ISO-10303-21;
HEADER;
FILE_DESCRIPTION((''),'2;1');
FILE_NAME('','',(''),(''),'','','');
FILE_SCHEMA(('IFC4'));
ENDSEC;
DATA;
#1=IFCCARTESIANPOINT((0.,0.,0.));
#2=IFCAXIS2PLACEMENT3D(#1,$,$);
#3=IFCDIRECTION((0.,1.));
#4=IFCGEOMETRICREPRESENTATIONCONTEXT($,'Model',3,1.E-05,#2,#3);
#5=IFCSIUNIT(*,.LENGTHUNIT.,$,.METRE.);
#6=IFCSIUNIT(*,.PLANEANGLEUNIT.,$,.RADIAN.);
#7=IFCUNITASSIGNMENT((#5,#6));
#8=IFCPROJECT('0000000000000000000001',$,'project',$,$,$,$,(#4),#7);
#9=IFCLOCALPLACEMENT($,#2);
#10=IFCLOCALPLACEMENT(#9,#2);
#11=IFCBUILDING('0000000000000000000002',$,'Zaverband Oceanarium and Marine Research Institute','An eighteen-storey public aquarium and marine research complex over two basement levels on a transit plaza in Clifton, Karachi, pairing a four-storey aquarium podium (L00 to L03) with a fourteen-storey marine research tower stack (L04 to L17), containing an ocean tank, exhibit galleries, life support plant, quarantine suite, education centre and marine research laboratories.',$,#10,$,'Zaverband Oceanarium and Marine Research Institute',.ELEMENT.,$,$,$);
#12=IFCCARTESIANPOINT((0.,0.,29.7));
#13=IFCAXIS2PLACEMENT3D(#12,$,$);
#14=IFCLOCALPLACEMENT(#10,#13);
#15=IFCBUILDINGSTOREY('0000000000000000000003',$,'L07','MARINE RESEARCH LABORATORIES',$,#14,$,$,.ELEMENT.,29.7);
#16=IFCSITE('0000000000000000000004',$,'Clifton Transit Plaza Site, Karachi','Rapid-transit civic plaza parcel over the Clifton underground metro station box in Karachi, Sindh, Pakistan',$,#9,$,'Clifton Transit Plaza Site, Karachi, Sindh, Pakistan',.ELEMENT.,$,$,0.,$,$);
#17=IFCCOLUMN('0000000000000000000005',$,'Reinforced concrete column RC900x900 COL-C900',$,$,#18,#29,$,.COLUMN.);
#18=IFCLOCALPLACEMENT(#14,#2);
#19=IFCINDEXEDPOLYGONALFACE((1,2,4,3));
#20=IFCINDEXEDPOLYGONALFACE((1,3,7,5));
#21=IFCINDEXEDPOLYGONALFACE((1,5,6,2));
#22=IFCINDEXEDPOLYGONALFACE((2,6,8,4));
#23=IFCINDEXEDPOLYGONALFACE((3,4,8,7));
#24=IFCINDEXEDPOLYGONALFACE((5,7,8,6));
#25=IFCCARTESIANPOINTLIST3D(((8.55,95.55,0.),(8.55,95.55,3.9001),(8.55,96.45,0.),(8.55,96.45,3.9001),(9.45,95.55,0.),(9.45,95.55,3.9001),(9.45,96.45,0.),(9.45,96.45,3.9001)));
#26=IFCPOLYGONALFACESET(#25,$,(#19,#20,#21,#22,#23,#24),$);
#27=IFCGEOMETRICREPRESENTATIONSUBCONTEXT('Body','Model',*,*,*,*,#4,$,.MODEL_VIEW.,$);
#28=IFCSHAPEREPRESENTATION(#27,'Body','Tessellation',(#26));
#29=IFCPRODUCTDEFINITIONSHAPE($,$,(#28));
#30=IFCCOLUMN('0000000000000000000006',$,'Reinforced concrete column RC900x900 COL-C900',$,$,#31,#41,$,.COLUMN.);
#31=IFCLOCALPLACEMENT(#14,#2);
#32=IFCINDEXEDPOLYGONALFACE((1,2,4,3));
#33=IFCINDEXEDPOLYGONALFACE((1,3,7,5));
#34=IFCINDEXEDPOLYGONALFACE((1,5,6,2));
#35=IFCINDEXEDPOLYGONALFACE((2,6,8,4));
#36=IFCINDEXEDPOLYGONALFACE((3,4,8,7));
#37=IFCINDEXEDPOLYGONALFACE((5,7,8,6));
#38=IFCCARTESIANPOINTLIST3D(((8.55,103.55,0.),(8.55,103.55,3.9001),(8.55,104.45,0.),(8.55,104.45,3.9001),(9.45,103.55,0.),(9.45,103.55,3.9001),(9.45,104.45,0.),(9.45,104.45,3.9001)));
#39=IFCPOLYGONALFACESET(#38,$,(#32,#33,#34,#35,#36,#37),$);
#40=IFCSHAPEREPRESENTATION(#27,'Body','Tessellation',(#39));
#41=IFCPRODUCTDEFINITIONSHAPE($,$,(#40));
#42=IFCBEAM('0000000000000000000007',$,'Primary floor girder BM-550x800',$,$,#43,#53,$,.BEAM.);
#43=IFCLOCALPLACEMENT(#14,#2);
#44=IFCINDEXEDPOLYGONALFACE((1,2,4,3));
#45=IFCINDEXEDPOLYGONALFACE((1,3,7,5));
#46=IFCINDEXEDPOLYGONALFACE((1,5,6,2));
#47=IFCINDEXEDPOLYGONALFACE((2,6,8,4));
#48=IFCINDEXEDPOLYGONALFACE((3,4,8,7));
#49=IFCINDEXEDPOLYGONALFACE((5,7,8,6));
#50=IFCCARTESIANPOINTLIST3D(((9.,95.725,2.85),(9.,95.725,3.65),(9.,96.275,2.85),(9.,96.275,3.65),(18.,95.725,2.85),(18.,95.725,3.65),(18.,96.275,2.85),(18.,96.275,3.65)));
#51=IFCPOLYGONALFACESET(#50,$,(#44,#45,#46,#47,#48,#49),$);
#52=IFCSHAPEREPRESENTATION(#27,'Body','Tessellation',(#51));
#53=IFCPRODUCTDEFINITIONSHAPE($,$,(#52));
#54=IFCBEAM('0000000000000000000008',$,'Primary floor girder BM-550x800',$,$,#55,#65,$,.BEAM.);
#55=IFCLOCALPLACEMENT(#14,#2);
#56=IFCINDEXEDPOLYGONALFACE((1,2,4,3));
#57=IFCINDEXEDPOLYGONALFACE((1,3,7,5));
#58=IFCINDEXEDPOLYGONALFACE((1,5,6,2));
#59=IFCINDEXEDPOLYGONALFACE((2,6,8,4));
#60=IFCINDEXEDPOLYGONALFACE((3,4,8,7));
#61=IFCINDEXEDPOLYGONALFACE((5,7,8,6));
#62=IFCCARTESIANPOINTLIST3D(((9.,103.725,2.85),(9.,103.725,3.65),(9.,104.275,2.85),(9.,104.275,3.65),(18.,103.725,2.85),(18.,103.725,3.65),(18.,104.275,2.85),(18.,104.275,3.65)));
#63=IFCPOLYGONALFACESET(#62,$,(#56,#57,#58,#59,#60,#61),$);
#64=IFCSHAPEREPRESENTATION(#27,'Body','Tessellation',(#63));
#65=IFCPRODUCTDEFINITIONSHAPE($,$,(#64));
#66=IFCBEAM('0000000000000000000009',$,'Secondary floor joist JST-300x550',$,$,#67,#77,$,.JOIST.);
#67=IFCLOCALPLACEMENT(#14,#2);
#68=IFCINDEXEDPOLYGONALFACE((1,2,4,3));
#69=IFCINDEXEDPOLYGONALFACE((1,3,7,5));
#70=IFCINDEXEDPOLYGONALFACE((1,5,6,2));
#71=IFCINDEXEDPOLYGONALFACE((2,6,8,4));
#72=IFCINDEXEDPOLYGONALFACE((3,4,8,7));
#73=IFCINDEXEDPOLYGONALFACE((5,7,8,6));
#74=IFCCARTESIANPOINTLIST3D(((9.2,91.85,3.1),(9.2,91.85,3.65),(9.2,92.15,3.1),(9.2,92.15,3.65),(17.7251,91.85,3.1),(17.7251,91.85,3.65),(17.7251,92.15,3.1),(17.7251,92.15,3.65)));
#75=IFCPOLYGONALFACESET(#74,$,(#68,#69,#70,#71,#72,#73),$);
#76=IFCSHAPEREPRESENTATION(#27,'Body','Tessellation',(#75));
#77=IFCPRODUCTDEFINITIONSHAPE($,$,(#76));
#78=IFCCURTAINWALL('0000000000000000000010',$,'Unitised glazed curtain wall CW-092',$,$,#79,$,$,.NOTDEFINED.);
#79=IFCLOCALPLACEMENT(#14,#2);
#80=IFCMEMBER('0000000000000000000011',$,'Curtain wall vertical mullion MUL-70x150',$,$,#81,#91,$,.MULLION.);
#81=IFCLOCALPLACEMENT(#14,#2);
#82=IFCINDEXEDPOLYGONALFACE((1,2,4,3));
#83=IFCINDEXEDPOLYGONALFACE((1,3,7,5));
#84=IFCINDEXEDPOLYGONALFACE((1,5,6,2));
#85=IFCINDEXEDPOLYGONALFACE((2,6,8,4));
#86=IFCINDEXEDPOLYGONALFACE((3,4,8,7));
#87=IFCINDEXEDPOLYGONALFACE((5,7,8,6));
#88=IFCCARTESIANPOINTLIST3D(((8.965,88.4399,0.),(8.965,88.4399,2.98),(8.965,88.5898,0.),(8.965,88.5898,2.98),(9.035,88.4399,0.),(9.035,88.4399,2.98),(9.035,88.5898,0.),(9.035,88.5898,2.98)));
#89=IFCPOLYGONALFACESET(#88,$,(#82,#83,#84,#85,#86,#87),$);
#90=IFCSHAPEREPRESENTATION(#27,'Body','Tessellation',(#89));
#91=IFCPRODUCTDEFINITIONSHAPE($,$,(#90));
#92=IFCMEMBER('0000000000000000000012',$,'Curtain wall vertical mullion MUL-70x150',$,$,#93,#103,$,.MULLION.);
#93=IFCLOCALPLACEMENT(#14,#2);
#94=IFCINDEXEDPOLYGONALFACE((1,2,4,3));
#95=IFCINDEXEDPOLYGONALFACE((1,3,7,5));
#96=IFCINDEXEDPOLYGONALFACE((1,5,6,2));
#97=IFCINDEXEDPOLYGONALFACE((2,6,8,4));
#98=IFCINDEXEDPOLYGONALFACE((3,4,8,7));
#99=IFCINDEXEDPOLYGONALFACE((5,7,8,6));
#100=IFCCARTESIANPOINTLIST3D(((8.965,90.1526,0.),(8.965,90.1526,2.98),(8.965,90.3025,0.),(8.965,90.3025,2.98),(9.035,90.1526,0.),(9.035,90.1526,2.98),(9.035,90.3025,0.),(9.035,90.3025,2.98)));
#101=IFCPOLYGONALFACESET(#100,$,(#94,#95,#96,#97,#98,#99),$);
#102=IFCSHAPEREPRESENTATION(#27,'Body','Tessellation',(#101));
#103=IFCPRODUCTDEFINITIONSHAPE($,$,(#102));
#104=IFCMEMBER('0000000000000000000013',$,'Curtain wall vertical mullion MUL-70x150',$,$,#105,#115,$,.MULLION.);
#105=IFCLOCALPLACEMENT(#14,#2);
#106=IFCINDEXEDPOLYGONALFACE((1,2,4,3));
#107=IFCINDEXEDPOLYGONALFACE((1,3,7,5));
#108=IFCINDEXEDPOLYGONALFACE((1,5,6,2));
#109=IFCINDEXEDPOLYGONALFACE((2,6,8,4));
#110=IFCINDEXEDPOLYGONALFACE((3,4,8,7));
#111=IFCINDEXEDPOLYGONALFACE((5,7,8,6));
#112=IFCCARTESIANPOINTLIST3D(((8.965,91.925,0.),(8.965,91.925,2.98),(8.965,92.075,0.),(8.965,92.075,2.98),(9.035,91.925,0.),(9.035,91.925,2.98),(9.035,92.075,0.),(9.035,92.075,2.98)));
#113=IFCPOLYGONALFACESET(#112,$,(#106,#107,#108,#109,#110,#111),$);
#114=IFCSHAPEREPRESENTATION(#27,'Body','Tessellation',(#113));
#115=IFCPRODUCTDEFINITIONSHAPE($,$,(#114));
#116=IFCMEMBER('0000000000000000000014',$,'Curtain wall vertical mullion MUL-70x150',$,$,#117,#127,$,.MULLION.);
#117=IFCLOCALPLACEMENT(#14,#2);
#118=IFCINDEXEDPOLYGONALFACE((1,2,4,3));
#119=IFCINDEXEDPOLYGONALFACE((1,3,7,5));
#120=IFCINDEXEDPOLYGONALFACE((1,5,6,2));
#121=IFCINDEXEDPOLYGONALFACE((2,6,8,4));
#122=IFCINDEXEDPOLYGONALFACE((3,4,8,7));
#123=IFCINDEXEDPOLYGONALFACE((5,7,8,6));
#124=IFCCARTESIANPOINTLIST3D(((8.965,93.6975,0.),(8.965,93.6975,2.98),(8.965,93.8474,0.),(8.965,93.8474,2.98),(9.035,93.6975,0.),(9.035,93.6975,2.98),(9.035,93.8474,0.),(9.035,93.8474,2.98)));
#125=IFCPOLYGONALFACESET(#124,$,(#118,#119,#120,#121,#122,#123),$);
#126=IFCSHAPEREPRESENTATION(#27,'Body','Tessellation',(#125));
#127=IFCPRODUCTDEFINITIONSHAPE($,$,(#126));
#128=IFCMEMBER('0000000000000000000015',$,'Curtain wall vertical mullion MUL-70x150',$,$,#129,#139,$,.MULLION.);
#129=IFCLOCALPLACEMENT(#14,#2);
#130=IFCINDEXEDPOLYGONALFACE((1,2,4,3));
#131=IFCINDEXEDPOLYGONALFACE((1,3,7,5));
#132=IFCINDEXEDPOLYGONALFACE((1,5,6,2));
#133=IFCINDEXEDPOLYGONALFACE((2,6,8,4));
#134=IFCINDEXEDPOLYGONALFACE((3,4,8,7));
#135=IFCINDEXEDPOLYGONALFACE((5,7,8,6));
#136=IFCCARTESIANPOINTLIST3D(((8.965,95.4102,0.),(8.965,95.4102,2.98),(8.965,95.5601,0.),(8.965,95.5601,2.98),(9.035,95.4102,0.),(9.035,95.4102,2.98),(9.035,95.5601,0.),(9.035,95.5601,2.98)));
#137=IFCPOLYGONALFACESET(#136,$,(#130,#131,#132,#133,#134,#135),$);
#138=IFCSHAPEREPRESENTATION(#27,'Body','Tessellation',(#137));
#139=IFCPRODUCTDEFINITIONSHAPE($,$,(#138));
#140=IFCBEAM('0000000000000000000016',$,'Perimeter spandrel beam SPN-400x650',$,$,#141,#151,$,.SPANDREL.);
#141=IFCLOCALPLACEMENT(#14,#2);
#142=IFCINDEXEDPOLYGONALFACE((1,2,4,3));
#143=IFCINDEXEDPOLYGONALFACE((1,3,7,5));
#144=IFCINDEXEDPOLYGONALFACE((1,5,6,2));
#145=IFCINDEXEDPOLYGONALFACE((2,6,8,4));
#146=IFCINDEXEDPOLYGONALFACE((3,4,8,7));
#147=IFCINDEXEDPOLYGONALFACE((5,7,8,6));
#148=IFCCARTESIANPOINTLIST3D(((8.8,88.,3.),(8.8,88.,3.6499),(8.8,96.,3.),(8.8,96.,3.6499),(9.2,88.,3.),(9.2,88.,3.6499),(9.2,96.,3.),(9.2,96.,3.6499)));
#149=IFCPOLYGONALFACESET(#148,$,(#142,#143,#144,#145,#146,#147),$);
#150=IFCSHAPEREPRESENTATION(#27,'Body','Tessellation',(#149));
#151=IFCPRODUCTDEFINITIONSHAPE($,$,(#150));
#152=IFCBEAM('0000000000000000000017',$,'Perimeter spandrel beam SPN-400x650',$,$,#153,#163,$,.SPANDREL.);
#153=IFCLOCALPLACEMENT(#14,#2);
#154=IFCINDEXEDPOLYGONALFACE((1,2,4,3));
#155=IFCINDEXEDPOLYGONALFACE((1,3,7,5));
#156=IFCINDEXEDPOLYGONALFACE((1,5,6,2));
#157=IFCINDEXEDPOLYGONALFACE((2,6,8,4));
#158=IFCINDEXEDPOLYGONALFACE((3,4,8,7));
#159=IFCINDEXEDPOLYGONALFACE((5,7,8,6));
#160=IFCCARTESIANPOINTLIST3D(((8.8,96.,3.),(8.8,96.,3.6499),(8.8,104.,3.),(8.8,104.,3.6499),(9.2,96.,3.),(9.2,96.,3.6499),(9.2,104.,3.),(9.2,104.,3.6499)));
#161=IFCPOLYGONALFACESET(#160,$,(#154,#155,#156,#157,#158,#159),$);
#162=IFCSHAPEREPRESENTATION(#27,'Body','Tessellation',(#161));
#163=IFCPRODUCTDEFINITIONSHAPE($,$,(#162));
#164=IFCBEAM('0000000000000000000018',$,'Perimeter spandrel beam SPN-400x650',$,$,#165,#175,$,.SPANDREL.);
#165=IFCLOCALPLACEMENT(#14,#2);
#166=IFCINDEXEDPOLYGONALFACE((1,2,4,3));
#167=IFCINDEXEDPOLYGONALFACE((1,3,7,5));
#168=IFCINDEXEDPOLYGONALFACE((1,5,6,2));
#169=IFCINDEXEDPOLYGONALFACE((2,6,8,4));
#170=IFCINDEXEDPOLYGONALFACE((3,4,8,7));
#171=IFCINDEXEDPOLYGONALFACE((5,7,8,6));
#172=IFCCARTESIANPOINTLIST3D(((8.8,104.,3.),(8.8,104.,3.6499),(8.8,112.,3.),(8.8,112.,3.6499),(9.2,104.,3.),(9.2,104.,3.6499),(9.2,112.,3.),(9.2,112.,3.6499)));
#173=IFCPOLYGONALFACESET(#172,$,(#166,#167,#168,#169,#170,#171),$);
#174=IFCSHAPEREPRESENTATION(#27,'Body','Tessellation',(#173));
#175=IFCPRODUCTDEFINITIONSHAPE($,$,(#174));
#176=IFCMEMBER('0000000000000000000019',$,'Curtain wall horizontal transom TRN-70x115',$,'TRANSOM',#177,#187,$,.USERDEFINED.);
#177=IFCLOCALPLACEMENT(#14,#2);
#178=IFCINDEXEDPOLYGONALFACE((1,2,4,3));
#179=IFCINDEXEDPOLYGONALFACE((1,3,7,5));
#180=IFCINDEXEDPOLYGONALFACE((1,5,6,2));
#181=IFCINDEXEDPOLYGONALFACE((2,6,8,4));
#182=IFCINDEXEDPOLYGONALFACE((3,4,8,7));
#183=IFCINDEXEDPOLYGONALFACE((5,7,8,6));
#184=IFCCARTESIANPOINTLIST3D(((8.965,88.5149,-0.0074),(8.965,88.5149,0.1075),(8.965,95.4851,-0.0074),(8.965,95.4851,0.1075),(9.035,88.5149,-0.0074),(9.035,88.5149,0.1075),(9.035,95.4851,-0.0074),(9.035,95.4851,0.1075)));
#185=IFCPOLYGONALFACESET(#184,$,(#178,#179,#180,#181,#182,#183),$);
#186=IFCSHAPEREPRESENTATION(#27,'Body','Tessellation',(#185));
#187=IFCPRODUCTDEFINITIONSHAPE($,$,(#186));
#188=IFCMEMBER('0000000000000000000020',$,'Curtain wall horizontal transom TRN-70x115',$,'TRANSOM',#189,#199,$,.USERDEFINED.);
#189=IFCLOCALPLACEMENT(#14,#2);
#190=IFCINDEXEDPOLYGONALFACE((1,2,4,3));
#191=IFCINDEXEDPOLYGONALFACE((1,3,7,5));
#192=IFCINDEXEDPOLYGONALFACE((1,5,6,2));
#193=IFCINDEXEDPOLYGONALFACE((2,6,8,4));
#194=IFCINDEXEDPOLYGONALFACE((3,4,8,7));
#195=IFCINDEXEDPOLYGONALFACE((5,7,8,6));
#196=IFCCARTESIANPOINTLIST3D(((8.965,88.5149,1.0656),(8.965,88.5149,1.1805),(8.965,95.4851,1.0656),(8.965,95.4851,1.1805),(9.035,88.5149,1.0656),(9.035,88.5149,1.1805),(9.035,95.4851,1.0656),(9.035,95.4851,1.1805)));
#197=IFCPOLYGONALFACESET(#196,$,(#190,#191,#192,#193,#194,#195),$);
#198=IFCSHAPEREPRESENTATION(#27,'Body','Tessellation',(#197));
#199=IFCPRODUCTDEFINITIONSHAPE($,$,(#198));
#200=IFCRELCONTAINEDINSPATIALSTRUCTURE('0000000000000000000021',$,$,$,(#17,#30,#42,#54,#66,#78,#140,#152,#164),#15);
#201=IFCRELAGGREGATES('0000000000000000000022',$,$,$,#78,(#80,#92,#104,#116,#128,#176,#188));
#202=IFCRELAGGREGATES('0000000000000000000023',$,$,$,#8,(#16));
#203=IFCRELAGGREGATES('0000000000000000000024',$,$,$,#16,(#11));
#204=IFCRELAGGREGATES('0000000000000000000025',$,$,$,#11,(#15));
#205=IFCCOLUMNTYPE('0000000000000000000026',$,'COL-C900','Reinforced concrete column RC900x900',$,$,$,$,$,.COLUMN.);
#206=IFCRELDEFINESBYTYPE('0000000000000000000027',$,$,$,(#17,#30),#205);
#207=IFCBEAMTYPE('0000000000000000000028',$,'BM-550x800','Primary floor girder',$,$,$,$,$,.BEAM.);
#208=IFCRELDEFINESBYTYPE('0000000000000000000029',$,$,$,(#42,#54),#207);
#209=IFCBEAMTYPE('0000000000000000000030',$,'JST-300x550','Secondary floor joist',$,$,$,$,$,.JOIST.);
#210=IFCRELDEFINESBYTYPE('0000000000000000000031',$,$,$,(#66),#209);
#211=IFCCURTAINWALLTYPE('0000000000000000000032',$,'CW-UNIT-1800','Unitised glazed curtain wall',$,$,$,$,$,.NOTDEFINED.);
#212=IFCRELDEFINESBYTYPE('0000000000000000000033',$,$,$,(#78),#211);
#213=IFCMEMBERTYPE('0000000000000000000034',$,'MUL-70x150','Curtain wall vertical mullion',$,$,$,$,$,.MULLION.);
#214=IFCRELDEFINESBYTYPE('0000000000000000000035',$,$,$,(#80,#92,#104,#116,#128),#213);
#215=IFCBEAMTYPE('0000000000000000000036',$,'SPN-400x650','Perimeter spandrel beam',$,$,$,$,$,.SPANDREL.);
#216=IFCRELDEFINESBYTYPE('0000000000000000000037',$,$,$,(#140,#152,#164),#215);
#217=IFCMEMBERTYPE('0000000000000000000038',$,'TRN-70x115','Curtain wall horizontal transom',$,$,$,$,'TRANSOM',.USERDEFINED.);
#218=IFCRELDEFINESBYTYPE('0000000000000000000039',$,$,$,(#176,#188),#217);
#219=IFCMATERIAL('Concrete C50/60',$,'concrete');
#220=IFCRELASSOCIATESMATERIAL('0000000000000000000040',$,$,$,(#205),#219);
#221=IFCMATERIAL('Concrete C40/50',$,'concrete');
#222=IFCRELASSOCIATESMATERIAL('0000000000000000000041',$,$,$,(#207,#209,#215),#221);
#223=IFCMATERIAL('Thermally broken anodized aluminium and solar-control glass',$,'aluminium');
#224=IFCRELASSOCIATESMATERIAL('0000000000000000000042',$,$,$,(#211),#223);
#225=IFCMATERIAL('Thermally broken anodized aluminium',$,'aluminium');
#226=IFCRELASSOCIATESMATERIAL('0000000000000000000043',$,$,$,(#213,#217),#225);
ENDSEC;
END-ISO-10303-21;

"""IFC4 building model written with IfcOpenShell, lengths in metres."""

from ifc_helpers import new_model, si_unit, direction, frame, origin, origin_2d, place, context, subcontext, project, spatial, rectangle, extrude, material, material_profile, profile_set, type_object, element, aggregate, save


model = new_model("IFC4")

# Units and contexts
model_context = context("Model", 3, precision=1e-05, world=origin(), true_north=direction((0.0, 1.0)))
body_context = subcontext(model_context, "Body", "Model", "MODEL_VIEW")
ifc_project = project(units=[si_unit("LENGTHUNIT", "METRE"), si_unit("PLANEANGLEUNIT", "RADIAN")], contexts=[model_context])

# Site, building, storey
site_placement = place(None, origin())
site = spatial("IfcSite", under=ifc_project, at=site_placement, Name="Clifton Transit Plaza Site, Karachi", Description="Rapid-transit civic plaza parcel over the Clifton underground metro station box in Karachi, Sindh, Pakistan", LongName="Clifton Transit Plaza Site, Karachi, Sindh, Pakistan", CompositionType="ELEMENT", RefElevation=0.0)
building_placement = place(site_placement, origin())
building = spatial("IfcBuilding", under=site, at=building_placement, Name="Zaverband Oceanarium and Marine Research Institute", Description="An eighteen-storey public aquarium and marine research complex over two basement levels on a transit plaza in Clifton, Karachi, pairing a four-storey aquarium podium (L00 to L03) with a fourteen-storey marine research tower stack (L04 to L17), containing an ocean tank, exhibit galleries, life support plant, quarantine suite, education centre and marine research laboratories.", LongName="Zaverband Oceanarium and Marine Research Institute", CompositionType="ELEMENT")
storey_placement = place(building_placement, frame((0.0, 0.0, 29.7)))
storey = spatial("IfcBuildingStorey", under=building, at=storey_placement, Name="L07", Description="MARINE RESEARCH LABORATORIES", CompositionType="ELEMENT", Elevation=29.7)

# Columns
ifc_material_1 = material(Name="Concrete C50/60", Category="concrete")
ifc_material_profile_1 = material_profile(ifc_material_1, rectangle(XDim=0.8999, YDim=0.8999, at=origin_2d()), Name="RC900x900")
ifc_profile_set_1 = profile_set([ifc_material_profile_1], Name="Concrete C50/60")
column_type = type_object("IfcColumnType", Name="COL-C900", Description="Reinforced concrete column RC900x900", PredefinedType="COLUMN", material=ifc_profile_set_1)
for number, where, z_axis, x_axis, name in (
    (1, (9.0, 96.0, 0.0), (0.0, 0.0, 1.0), (1.0, 0.0, 0.0), "Reinforced concrete column RC900x900 COL-C900"),
    (2, (9.0, 104.0, 0.0), (0.0, 0.0, 1.0), (1.0, 0.0, 0.0), "Reinforced concrete column RC900x900 COL-C900"),
):
    element("IfcColumn", number, at=place(storey_placement, frame(where, z_axis=z_axis, x_axis=x_axis)), inside=storey, type_object=column_type, Name=name, PredefinedType="COLUMN", context=body_context, shape_type="SweptSolid", body=[
        extrude(rectangle(XDim=0.8999, YDim=0.8999, at=origin_2d()), origin(), (0.0, 0.0, 1.0), 3.9001),
    ])

# Beams
ifc_material_2 = material(Name="Concrete C40/50", Category="concrete")
ifc_material_profile_2 = material_profile(ifc_material_2, rectangle(XDim=0.55, YDim=0.8, at=origin_2d()), Name="RC550x800")
ifc_profile_set_2 = profile_set([ifc_material_profile_2], Name="Concrete C40/50")
beam_type_1 = type_object("IfcBeamType", Name="BM-550x800", Description="Primary floor girder", PredefinedType="BEAM", material=ifc_profile_set_2)
for number, where, z_axis, x_axis, name in (
    (3, (9.0, 96.0, 3.25), (1.0, 0.0, 0.0), (0.0, 1.0, 0.0), "Primary floor girder BM-550x800"),
    (4, (9.0, 104.0, 3.25), (1.0, 0.0, 0.0), (0.0, 1.0, 0.0), "Primary floor girder BM-550x800"),
):
    element("IfcBeam", number, at=place(storey_placement, frame(where, z_axis=z_axis, x_axis=x_axis)), inside=storey, type_object=beam_type_1, Name=name, PredefinedType="BEAM", context=body_context, shape_type="SweptSolid", body=[
        extrude(rectangle(XDim=0.55, YDim=0.8, at=origin_2d()), origin(), (0.0, 0.0, 1.0), 9.0),
    ])
ifc_material_profile_3 = material_profile(ifc_material_2, rectangle(XDim=0.3, YDim=0.55, at=origin_2d()), Name="RC300x550")
ifc_profile_set_3 = profile_set([ifc_material_profile_3], Name="Concrete C40/50")
beam_type_2 = type_object("IfcBeamType", Name="JST-300x550", Description="Secondary floor joist", PredefinedType="JOIST", material=ifc_profile_set_3)
beam_placement = place(storey_placement, frame((9.2, 92.0, 3.375), z_axis=(1.0, 0.0, 0.0), x_axis=(0.0, 1.0, 0.0)))
element("IfcBeam", 5, at=beam_placement, inside=storey, type_object=beam_type_2, Name="Secondary floor joist JST-300x550", PredefinedType="JOIST", context=body_context, shape_type="SweptSolid", body=[
    extrude(rectangle(XDim=0.3, YDim=0.55, at=origin_2d()), origin(), (0.0, 0.0, 1.0), 8.5251),
])

# Curtain wall, members
ifc_material_3 = material(Name="Thermally broken anodized aluminium and solar-control glass", Category="aluminium")
curtain_wall_type = type_object("IfcCurtainWallType", Name="CW-UNIT-1800", Description="Unitised glazed curtain wall", PredefinedType="NOTDEFINED", material=ifc_material_3)
curtain_wall_placement = place(storey_placement, origin())
curtain_wall = element("IfcCurtainWall", 6, at=curtain_wall_placement, inside=storey, type_object=curtain_wall_type, Name="Unitised glazed curtain wall CW-092", PredefinedType="NOTDEFINED")
ifc_material_4 = material(Name="Thermally broken anodized aluminium", Category="aluminium")
ifc_material_profile_4 = material_profile(ifc_material_4, rectangle(XDim=0.0701, YDim=0.1499, at=origin_2d()), Name="AL-MUL-70x150")
ifc_profile_set_4 = profile_set([ifc_material_profile_4], Name="Thermally broken anodized aluminium")
member_type_1 = type_object("IfcMemberType", Name="MUL-70x150", Description="Curtain wall vertical mullion", PredefinedType="MULLION", material=ifc_profile_set_4)
member_1_placement = place(storey_placement, frame((9.0, 88.5149, 0.0), z_axis=(0.0, 0.0, 1.0), x_axis=(1.0, 0.0, 0.0)))
member_1 = element("IfcMember", 7, at=member_1_placement, type_object=member_type_1, Name="Curtain wall vertical mullion MUL-70x150", PredefinedType="MULLION", context=body_context, shape_type="SweptSolid", body=[
    extrude(rectangle(XDim=0.0701, YDim=0.1499, at=origin_2d()), origin(), (0.0, 0.0, 1.0), 2.98),
])
member_2_placement = place(storey_placement, frame((9.0, 90.2275, 0.0), z_axis=(0.0, 0.0, 1.0), x_axis=(1.0, 0.0, 0.0)))
member_2 = element("IfcMember", 8, at=member_2_placement, type_object=member_type_1, Name="Curtain wall vertical mullion MUL-70x150", PredefinedType="MULLION", context=body_context, shape_type="SweptSolid", body=[
    extrude(rectangle(XDim=0.0701, YDim=0.1499, at=origin_2d()), origin(), (0.0, 0.0, 1.0), 2.98),
])
member_3_placement = place(storey_placement, frame((9.0, 92.0, 0.0), z_axis=(0.0, 0.0, 1.0), x_axis=(1.0, 0.0, 0.0)))
member_3 = element("IfcMember", 9, at=member_3_placement, type_object=member_type_1, Name="Curtain wall vertical mullion MUL-70x150", PredefinedType="MULLION", context=body_context, shape_type="SweptSolid", body=[
    extrude(rectangle(XDim=0.0701, YDim=0.1499, at=origin_2d()), origin(), (0.0, 0.0, 1.0), 2.98),
])
member_4_placement = place(storey_placement, frame((9.0, 93.7725, 0.0), z_axis=(0.0, 0.0, 1.0), x_axis=(1.0, 0.0, 0.0)))
member_4 = element("IfcMember", 10, at=member_4_placement, type_object=member_type_1, Name="Curtain wall vertical mullion MUL-70x150", PredefinedType="MULLION", context=body_context, shape_type="SweptSolid", body=[
    extrude(rectangle(XDim=0.0701, YDim=0.1499, at=origin_2d()), origin(), (0.0, 0.0, 1.0), 2.98),
])
member_5_placement = place(storey_placement, frame((9.0, 95.4851, 0.0), z_axis=(0.0, 0.0, 1.0), x_axis=(1.0, 0.0, 0.0)))
member_5 = element("IfcMember", 11, at=member_5_placement, type_object=member_type_1, Name="Curtain wall vertical mullion MUL-70x150", PredefinedType="MULLION", context=body_context, shape_type="SweptSolid", body=[
    extrude(rectangle(XDim=0.0701, YDim=0.1499, at=origin_2d()), origin(), (0.0, 0.0, 1.0), 2.98),
])

# Beams
ifc_material_profile_5 = material_profile(ifc_material_2, rectangle(XDim=0.3999, YDim=0.6499, at=origin_2d()), Name="RC400x650")
ifc_profile_set_5 = profile_set([ifc_material_profile_5], Name="Concrete C40/50")
beam_type_3 = type_object("IfcBeamType", Name="SPN-400x650", Description="Perimeter spandrel beam", PredefinedType="SPANDREL", material=ifc_profile_set_5)
for number, where, z_axis, x_axis, name in (
    (12, (9.0, 88.0, 3.325), (0.0, 1.0, 0.0), (-1.0, 0.0, 0.0), "Perimeter spandrel beam SPN-400x650"),
    (13, (9.0, 96.0, 3.325), (0.0, 1.0, 0.0), (-1.0, 0.0, 0.0), "Perimeter spandrel beam SPN-400x650"),
    (14, (9.0, 104.0, 3.325), (0.0, 1.0, 0.0), (-1.0, 0.0, 0.0), "Perimeter spandrel beam SPN-400x650"),
):
    element("IfcBeam", number, at=place(storey_placement, frame(where, z_axis=z_axis, x_axis=x_axis)), inside=storey, type_object=beam_type_3, Name=name, PredefinedType="SPANDREL", context=body_context, shape_type="SweptSolid", body=[
        extrude(rectangle(XDim=0.3999, YDim=0.6499, at=origin_2d()), origin(), (0.0, 0.0, 1.0), 8.0),
    ])

# Members
ifc_material_profile_6 = material_profile(ifc_material_4, rectangle(XDim=0.0701, YDim=0.115, at=origin_2d()), Name="AL-TRN-70x115")
ifc_profile_set_6 = profile_set([ifc_material_profile_6], Name="Thermally broken anodized aluminium")
member_type_2 = type_object("IfcMemberType", Name="TRN-70x115", Description="Curtain wall horizontal transom", ElementType="TRANSOM", PredefinedType="USERDEFINED", material=ifc_profile_set_6)
member_6_placement = place(storey_placement, frame((9.0, 88.5149, 0.05), z_axis=(0.0, 1.0, 0.0), x_axis=(-1.0, 0.0, 0.0)))
member_6 = element("IfcMember", 15, at=member_6_placement, type_object=member_type_2, Name="Curtain wall horizontal transom TRN-70x115", ObjectType="TRANSOM", PredefinedType="USERDEFINED", context=body_context, shape_type="SweptSolid", body=[
    extrude(rectangle(XDim=0.0701, YDim=0.115, at=origin_2d()), origin(), (0.0, 0.0, 1.0), 6.9702),
])
member_7_placement = place(storey_placement, frame((9.0, 88.5149, 1.123), z_axis=(0.0, 1.0, 0.0), x_axis=(-1.0, 0.0, 0.0)))
member_7 = element("IfcMember", 16, at=member_7_placement, type_object=member_type_2, Name="Curtain wall horizontal transom TRN-70x115", ObjectType="TRANSOM", PredefinedType="USERDEFINED", context=body_context, shape_type="SweptSolid", body=[
    extrude(rectangle(XDim=0.0701, YDim=0.115, at=origin_2d()), origin(), (0.0, 0.0, 1.0), 6.9702),
])

aggregate(curtain_wall, [member_1, member_2, member_3, member_4, member_5, member_6, member_7])

save(model, "model.ifc")
